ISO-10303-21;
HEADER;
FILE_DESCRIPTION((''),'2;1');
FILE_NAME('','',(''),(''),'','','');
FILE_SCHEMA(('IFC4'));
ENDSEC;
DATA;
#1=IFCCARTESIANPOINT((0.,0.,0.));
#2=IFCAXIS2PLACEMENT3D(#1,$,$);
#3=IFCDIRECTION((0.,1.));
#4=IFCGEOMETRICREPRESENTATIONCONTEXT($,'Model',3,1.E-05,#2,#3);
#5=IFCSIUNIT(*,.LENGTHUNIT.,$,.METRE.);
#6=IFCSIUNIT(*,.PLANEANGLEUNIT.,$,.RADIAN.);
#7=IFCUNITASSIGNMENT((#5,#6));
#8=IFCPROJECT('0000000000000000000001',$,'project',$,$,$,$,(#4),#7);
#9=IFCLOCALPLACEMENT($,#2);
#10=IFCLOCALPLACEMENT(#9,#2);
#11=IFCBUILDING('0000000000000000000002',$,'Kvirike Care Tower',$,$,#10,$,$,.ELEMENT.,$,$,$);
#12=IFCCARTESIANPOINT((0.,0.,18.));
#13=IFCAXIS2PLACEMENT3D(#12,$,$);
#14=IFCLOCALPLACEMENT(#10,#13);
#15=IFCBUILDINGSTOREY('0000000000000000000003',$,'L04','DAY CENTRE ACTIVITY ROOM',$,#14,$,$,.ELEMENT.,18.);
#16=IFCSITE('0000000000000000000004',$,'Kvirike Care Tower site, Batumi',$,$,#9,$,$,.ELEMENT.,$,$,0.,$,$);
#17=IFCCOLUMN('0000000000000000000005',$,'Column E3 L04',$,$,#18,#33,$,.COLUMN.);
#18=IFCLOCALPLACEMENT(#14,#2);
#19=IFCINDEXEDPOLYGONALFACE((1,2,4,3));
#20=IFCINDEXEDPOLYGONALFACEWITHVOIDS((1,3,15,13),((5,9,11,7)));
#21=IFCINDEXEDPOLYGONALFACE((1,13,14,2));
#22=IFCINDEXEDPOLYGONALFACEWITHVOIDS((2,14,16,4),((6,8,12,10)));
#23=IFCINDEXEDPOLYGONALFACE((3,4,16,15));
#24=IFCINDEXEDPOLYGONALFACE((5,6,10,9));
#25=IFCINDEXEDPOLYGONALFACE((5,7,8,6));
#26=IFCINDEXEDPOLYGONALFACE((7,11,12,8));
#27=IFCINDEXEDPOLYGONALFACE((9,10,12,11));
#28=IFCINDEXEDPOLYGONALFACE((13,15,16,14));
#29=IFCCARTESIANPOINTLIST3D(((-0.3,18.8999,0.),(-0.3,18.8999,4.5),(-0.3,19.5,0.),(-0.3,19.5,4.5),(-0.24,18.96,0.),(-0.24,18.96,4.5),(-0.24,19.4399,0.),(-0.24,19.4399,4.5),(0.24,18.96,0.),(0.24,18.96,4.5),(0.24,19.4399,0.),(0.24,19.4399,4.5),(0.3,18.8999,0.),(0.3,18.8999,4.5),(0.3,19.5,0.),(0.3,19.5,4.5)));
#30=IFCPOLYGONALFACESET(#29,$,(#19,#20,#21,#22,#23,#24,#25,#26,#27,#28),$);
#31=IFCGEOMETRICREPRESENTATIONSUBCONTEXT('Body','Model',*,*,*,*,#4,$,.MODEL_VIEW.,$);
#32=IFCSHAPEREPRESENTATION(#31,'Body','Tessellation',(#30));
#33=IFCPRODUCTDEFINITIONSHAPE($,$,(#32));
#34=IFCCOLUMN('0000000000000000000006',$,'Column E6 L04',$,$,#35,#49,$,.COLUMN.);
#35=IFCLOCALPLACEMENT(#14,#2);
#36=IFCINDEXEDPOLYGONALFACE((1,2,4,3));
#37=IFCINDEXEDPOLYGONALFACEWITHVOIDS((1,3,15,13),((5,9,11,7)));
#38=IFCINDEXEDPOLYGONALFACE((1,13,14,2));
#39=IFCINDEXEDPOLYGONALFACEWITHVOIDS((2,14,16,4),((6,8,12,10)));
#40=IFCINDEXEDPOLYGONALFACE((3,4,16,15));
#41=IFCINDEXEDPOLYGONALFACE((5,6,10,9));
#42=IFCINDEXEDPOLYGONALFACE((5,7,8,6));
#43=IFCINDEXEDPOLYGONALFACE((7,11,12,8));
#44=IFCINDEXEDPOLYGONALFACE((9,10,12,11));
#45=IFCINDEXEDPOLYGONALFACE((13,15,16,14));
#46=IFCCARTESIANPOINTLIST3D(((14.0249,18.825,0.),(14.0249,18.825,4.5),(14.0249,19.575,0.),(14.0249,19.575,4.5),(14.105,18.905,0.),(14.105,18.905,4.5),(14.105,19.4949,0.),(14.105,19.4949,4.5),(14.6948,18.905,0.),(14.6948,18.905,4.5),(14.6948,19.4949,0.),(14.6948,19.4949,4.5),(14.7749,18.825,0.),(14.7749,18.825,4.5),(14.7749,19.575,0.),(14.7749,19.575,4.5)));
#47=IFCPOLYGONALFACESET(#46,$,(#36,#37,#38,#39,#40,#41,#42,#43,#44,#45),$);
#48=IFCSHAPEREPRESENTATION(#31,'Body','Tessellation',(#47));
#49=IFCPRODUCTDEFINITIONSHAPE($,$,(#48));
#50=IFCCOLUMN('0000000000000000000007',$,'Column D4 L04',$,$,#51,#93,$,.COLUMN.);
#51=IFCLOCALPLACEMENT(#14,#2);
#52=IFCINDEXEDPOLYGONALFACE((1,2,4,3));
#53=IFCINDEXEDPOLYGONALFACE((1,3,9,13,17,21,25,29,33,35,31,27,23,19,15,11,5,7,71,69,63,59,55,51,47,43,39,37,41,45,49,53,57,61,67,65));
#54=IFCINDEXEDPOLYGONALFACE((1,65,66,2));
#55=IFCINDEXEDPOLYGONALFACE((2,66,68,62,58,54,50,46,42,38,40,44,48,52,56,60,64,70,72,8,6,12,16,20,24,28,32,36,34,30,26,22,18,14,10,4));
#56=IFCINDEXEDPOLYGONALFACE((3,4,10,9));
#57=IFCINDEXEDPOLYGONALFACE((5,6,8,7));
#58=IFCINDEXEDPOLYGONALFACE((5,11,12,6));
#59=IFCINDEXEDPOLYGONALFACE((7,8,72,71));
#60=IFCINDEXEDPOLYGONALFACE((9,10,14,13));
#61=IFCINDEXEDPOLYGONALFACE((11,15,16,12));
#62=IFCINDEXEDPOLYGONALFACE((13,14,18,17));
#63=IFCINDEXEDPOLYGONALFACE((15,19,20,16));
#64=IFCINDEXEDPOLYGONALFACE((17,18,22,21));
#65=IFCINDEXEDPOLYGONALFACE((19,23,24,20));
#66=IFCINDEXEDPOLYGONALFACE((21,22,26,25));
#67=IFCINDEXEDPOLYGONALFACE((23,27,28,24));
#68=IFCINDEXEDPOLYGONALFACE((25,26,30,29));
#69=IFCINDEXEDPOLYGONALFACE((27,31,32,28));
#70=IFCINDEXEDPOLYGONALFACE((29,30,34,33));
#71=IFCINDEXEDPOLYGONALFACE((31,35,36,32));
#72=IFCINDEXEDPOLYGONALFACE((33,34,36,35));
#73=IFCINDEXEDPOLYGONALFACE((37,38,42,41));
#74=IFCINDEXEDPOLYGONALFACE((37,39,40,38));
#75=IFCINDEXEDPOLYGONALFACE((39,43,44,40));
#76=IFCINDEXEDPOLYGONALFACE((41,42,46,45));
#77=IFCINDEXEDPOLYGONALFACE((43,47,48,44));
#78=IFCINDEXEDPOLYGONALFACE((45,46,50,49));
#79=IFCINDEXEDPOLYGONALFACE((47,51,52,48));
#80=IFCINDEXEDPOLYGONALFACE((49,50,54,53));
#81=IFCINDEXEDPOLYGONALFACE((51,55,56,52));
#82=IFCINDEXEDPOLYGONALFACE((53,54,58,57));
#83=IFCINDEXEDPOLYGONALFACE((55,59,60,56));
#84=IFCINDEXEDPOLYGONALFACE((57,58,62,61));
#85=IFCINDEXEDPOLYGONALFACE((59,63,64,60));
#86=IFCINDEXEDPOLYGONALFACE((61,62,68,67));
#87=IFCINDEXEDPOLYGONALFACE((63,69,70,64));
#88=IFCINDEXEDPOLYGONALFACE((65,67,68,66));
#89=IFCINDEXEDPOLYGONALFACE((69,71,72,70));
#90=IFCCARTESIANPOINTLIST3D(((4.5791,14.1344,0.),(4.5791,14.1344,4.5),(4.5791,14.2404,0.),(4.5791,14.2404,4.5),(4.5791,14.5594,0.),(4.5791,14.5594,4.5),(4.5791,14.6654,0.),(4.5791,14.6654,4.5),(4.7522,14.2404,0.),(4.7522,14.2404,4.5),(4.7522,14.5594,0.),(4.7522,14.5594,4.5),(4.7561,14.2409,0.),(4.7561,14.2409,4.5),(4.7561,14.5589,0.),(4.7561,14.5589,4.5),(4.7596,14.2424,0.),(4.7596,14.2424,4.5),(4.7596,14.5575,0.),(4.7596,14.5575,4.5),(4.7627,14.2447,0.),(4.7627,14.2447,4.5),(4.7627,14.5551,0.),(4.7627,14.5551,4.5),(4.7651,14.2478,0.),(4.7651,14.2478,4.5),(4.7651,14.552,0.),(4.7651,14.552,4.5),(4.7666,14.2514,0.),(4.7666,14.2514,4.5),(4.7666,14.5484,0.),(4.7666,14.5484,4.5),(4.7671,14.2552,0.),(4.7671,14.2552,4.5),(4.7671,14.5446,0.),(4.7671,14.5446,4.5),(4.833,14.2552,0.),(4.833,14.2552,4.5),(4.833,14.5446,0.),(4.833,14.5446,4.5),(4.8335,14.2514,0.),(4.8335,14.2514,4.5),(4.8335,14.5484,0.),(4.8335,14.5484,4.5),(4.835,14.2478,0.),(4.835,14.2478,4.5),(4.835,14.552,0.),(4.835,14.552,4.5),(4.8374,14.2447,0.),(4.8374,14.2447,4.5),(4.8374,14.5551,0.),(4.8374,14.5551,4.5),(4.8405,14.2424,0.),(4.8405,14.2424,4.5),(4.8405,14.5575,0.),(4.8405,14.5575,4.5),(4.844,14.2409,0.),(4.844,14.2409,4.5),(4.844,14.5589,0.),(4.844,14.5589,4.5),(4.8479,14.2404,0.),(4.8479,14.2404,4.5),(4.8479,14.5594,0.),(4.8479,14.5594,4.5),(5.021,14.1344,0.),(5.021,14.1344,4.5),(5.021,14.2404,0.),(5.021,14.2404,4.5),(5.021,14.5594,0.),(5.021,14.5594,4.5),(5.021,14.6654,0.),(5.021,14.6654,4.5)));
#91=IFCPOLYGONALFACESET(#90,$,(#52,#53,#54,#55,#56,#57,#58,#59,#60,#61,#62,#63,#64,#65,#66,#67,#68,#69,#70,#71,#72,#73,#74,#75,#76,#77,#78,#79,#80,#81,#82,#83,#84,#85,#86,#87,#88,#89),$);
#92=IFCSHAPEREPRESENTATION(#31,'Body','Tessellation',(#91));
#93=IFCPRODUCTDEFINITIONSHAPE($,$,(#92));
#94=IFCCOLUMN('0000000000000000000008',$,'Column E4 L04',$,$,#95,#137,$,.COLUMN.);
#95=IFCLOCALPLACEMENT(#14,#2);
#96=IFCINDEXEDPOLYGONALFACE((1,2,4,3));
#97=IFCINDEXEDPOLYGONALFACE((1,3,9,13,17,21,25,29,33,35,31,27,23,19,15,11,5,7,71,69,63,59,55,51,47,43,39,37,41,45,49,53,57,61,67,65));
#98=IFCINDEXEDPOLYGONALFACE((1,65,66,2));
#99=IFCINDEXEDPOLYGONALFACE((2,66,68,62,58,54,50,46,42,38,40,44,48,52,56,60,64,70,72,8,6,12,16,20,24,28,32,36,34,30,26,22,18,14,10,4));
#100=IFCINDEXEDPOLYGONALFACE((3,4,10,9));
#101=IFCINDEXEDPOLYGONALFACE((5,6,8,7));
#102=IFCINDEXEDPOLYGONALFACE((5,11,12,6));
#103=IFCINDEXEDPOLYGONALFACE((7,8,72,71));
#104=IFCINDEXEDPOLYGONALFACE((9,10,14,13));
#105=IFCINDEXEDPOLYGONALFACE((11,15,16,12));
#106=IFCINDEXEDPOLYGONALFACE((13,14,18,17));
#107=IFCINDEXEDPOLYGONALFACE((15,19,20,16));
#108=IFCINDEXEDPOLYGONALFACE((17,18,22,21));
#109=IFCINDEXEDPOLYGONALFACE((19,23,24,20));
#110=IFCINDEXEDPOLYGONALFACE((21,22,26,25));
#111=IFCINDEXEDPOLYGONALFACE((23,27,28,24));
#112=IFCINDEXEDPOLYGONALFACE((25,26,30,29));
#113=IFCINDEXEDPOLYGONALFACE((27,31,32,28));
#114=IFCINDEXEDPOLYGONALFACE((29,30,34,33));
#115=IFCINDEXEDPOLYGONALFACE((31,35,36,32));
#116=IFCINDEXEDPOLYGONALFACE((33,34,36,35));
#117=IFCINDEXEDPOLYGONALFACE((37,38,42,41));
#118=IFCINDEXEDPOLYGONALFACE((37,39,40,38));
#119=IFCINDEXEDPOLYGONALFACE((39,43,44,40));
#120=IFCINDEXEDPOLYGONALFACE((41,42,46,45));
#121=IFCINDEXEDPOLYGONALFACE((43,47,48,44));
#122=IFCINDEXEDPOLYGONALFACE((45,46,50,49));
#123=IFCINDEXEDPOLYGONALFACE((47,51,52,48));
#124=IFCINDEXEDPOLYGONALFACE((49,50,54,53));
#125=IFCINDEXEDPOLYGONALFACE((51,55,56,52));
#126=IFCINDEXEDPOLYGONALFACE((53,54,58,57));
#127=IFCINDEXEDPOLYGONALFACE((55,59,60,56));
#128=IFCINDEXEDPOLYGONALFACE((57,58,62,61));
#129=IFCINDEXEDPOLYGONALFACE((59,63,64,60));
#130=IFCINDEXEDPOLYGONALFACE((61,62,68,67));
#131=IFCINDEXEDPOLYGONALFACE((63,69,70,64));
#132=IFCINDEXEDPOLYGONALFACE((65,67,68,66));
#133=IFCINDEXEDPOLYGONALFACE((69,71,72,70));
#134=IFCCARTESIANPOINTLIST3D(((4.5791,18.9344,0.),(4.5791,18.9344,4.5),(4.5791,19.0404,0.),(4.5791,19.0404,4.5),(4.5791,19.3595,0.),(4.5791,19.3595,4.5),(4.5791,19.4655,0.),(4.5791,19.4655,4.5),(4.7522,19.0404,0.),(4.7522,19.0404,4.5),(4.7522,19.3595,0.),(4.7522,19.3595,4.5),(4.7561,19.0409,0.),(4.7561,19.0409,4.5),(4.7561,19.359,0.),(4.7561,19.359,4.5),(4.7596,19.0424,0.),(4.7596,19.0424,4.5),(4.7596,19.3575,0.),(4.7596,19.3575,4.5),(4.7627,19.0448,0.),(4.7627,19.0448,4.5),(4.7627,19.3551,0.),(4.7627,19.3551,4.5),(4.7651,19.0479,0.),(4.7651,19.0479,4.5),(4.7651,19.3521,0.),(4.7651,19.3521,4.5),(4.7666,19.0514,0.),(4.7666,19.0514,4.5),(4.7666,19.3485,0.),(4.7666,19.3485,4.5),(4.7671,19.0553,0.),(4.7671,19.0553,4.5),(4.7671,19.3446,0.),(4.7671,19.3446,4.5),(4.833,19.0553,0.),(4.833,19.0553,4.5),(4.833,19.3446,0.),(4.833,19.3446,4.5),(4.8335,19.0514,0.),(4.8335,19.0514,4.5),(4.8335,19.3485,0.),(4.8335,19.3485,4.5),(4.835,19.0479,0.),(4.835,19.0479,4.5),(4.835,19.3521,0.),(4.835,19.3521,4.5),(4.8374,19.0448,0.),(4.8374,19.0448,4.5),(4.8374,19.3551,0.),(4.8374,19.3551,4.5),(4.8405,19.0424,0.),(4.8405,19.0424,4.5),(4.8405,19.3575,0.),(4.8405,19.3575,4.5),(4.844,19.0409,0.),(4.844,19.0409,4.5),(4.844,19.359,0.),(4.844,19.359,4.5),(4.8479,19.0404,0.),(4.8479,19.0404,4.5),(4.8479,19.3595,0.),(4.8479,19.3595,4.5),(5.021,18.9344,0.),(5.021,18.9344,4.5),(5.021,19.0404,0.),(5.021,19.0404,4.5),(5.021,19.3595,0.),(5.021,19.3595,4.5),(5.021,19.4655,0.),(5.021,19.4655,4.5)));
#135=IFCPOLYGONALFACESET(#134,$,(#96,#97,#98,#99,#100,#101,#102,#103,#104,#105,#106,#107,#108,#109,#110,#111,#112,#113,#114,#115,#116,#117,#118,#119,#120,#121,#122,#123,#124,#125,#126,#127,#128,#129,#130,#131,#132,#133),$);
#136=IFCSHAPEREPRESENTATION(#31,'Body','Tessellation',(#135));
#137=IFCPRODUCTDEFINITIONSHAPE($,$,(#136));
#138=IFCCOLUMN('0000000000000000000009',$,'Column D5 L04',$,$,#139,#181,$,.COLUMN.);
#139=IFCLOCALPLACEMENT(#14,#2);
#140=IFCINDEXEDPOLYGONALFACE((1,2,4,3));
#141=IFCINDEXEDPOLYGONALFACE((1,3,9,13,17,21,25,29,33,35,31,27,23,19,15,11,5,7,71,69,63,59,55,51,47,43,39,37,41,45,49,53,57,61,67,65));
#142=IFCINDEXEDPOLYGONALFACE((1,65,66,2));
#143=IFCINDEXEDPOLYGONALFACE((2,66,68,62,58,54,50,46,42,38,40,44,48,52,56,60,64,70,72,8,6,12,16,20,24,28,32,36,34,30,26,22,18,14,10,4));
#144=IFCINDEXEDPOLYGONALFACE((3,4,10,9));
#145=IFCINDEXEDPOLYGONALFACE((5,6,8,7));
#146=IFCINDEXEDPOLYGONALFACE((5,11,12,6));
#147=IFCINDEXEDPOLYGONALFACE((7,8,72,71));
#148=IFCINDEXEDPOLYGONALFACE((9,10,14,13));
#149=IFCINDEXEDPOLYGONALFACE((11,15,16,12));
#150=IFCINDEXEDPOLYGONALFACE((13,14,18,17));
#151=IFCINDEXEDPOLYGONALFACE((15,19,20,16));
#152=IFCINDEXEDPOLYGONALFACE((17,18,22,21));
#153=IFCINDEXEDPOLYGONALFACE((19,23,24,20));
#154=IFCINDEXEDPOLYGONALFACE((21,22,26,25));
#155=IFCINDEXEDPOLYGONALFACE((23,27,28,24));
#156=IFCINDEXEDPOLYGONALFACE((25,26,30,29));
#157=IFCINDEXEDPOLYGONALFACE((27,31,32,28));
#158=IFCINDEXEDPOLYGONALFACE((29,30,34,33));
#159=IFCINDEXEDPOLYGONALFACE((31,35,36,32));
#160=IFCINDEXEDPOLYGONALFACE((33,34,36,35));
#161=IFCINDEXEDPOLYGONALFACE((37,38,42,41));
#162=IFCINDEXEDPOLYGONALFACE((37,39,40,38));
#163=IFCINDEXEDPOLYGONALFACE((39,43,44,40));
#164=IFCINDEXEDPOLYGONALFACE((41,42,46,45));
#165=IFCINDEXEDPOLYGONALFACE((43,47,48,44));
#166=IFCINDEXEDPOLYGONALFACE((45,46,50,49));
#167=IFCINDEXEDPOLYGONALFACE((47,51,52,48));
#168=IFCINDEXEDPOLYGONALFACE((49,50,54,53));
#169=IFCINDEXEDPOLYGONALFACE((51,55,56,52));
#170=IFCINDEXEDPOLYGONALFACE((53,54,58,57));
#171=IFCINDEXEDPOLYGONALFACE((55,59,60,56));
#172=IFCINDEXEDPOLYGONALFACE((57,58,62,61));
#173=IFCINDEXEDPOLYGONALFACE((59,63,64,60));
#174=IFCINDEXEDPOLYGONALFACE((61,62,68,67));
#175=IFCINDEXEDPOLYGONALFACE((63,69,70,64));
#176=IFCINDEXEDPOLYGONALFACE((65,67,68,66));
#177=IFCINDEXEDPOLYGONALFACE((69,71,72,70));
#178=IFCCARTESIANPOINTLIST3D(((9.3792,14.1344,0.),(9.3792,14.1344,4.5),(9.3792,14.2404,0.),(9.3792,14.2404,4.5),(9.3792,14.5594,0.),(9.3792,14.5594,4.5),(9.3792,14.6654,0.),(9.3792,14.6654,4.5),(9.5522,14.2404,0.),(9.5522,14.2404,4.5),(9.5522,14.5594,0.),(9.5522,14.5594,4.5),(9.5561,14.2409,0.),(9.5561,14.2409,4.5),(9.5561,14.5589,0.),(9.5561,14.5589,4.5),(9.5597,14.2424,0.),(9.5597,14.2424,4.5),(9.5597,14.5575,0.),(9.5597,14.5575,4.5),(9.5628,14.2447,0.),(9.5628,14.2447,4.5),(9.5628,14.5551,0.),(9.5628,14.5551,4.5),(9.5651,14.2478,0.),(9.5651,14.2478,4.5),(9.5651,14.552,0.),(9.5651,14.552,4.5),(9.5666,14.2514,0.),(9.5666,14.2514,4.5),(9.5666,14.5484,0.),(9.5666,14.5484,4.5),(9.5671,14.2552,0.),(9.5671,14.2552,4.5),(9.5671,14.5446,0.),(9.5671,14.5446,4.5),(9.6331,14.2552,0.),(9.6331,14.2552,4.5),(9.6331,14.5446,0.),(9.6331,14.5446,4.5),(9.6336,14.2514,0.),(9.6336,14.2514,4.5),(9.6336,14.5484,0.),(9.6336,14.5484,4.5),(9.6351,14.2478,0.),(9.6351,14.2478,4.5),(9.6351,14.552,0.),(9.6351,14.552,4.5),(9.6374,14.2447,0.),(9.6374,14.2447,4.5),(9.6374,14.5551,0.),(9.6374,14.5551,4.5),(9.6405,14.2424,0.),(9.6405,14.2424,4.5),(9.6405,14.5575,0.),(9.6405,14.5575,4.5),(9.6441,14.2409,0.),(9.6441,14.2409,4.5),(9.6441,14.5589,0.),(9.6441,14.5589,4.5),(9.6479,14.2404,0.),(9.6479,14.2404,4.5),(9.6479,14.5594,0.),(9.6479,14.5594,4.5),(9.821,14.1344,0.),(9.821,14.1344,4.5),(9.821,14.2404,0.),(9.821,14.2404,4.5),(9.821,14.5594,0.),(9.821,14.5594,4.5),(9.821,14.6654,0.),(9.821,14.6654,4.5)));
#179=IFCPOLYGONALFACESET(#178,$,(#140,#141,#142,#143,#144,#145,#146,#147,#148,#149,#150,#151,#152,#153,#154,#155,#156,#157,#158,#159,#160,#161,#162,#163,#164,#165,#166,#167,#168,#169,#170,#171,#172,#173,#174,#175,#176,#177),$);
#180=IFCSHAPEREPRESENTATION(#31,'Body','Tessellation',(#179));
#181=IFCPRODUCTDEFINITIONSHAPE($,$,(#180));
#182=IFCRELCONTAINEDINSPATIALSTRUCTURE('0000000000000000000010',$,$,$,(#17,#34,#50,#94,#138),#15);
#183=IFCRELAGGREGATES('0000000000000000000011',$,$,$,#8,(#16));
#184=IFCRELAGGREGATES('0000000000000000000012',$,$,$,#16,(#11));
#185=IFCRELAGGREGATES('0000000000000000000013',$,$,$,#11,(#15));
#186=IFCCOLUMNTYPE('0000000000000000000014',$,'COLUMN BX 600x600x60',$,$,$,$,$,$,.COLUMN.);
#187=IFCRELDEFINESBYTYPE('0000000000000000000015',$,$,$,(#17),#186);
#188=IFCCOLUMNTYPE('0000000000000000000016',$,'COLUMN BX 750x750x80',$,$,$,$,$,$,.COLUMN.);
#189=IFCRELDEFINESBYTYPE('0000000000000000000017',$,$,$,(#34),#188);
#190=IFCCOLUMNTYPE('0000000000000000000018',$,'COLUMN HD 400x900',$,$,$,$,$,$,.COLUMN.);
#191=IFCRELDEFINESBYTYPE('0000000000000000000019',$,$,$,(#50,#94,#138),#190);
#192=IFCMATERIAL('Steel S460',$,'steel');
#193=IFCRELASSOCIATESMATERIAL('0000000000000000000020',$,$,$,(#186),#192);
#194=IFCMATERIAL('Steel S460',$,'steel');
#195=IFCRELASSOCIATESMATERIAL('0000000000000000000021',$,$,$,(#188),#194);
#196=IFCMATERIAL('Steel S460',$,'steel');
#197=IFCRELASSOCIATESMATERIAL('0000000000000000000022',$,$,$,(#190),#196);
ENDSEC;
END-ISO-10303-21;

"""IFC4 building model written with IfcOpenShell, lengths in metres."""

from ifc_helpers import new_model, si_unit, direction, frame, origin, origin_2d, place, context, subcontext, project, spatial, hollow_rectangle, i_section, extrude, material, material_profile, profile_set, type_object, element, save


model = new_model("IFC4")

# Units and contexts
model_context = context("Model", 3, precision=1e-05, world=origin(), true_north=direction((0.0, 1.0)))
body_context = subcontext(model_context, "Body", "Model", "MODEL_VIEW")
ifc_project = project(units=[si_unit("LENGTHUNIT", "METRE"), si_unit("PLANEANGLEUNIT", "RADIAN")], contexts=[model_context])

# Site, building, storey
site_placement = place(None, origin())
site = spatial("IfcSite", under=ifc_project, at=site_placement, Name="Kvirike Care Tower site, Batumi", CompositionType="ELEMENT", RefElevation=0.0)
building_placement = place(site_placement, origin())
building = spatial("IfcBuilding", under=site, at=building_placement, Name="Kvirike Care Tower", CompositionType="ELEMENT")
storey_placement = place(building_placement, frame((0.0, 0.0, 18.0)))
storey = spatial("IfcBuildingStorey", under=building, at=storey_placement, Name="L04", Description="DAY CENTRE ACTIVITY ROOM", CompositionType="ELEMENT", Elevation=18.0)

# Columns
ifc_material_1 = material(Name="Steel S460", Category="steel")
ifc_material_profile_1 = material_profile(ifc_material_1, hollow_rectangle(XDim=0.6001, YDim=0.6001, WallThickness=0.0601, at=origin_2d()), Name="BX 600x600x60")
ifc_profile_set_1 = profile_set([ifc_material_profile_1], Name="Steel S460")
column_type_1 = type_object("IfcColumnType", Name="COLUMN BX 600x600x60", PredefinedType="COLUMN", material=ifc_profile_set_1)
column_1_placement = place(storey_placement, frame((0.0, 19.2, 0.0), z_axis=(0.0, 0.0, 1.0), x_axis=(1.0, 0.0, 0.0)))
element("IfcColumn", 1, at=column_1_placement, inside=storey, type_object=column_type_1, Name="Column E3 L04", PredefinedType="COLUMN", context=body_context, shape_type="SweptSolid", body=[
    extrude(hollow_rectangle(XDim=0.6001, YDim=0.6001, WallThickness=0.0601, at=origin_2d()), origin(), (0.0, 0.0, 1.0), 4.5),
])
ifc_material_2 = material(Name="Steel S460", Category="steel")
ifc_material_profile_2 = material_profile(ifc_material_2, hollow_rectangle(XDim=0.75, YDim=0.75, WallThickness=0.0801, at=origin_2d()), Name="BX 750x750x80")
ifc_profile_set_2 = profile_set([ifc_material_profile_2], Name="Steel S460")
column_type_2 = type_object("IfcColumnType", Name="COLUMN BX 750x750x80", PredefinedType="COLUMN", material=ifc_profile_set_2)
column_2_placement = place(storey_placement, frame((14.3999, 19.2, 0.0), z_axis=(0.0, 0.0, 1.0), x_axis=(1.0, 0.0, 0.0)))
element("IfcColumn", 2, at=column_2_placement, inside=storey, type_object=column_type_2, Name="Column E6 L04", PredefinedType="COLUMN", context=body_context, shape_type="SweptSolid", body=[
    extrude(hollow_rectangle(XDim=0.75, YDim=0.75, WallThickness=0.0801, at=origin_2d()), origin(), (0.0, 0.0, 1.0), 4.5),
])
ifc_material_3 = material(Name="Steel S460", Category="steel")
ifc_material_profile_3 = material_profile(ifc_material_3, i_section(OverallWidth=0.4419, OverallDepth=0.531, WebThickness=0.0659, FlangeThickness=0.106, FilletRadius=0.0149, at=origin_2d()), Name="HD 400x900")
ifc_profile_set_3 = profile_set([ifc_material_profile_3], Name="Steel S460")
column_type_3 = type_object("IfcColumnType", Name="COLUMN HD 400x900", PredefinedType="COLUMN", material=ifc_profile_set_3)
for number, where, z_axis, x_axis, name in (
    (3, (4.8, 14.3999, 0.0), (0.0, 0.0, 1.0), (1.0, 0.0, 0.0), "Column D4 L04"),
    (4, (4.8, 19.2, 0.0), (0.0, 0.0, 1.0), (1.0, 0.0, 0.0), "Column E4 L04"),
    (5, (9.6001, 14.3999, 0.0), (0.0, 0.0, 1.0), (1.0, 0.0, 0.0), "Column D5 L04"),
):
    element("IfcColumn", number, at=place(storey_placement, frame(where, z_axis=z_axis, x_axis=x_axis)), inside=storey, type_object=column_type_3, Name=name, PredefinedType="COLUMN", context=body_context, shape_type="SweptSolid", body=[
        extrude(i_section(OverallWidth=0.4419, OverallDepth=0.531, WebThickness=0.0659, FlangeThickness=0.106, FilletRadius=0.0149, at=origin_2d()), origin(), (0.0, 0.0, 1.0), 4.5),
    ])

save(model, "model.ifc")
